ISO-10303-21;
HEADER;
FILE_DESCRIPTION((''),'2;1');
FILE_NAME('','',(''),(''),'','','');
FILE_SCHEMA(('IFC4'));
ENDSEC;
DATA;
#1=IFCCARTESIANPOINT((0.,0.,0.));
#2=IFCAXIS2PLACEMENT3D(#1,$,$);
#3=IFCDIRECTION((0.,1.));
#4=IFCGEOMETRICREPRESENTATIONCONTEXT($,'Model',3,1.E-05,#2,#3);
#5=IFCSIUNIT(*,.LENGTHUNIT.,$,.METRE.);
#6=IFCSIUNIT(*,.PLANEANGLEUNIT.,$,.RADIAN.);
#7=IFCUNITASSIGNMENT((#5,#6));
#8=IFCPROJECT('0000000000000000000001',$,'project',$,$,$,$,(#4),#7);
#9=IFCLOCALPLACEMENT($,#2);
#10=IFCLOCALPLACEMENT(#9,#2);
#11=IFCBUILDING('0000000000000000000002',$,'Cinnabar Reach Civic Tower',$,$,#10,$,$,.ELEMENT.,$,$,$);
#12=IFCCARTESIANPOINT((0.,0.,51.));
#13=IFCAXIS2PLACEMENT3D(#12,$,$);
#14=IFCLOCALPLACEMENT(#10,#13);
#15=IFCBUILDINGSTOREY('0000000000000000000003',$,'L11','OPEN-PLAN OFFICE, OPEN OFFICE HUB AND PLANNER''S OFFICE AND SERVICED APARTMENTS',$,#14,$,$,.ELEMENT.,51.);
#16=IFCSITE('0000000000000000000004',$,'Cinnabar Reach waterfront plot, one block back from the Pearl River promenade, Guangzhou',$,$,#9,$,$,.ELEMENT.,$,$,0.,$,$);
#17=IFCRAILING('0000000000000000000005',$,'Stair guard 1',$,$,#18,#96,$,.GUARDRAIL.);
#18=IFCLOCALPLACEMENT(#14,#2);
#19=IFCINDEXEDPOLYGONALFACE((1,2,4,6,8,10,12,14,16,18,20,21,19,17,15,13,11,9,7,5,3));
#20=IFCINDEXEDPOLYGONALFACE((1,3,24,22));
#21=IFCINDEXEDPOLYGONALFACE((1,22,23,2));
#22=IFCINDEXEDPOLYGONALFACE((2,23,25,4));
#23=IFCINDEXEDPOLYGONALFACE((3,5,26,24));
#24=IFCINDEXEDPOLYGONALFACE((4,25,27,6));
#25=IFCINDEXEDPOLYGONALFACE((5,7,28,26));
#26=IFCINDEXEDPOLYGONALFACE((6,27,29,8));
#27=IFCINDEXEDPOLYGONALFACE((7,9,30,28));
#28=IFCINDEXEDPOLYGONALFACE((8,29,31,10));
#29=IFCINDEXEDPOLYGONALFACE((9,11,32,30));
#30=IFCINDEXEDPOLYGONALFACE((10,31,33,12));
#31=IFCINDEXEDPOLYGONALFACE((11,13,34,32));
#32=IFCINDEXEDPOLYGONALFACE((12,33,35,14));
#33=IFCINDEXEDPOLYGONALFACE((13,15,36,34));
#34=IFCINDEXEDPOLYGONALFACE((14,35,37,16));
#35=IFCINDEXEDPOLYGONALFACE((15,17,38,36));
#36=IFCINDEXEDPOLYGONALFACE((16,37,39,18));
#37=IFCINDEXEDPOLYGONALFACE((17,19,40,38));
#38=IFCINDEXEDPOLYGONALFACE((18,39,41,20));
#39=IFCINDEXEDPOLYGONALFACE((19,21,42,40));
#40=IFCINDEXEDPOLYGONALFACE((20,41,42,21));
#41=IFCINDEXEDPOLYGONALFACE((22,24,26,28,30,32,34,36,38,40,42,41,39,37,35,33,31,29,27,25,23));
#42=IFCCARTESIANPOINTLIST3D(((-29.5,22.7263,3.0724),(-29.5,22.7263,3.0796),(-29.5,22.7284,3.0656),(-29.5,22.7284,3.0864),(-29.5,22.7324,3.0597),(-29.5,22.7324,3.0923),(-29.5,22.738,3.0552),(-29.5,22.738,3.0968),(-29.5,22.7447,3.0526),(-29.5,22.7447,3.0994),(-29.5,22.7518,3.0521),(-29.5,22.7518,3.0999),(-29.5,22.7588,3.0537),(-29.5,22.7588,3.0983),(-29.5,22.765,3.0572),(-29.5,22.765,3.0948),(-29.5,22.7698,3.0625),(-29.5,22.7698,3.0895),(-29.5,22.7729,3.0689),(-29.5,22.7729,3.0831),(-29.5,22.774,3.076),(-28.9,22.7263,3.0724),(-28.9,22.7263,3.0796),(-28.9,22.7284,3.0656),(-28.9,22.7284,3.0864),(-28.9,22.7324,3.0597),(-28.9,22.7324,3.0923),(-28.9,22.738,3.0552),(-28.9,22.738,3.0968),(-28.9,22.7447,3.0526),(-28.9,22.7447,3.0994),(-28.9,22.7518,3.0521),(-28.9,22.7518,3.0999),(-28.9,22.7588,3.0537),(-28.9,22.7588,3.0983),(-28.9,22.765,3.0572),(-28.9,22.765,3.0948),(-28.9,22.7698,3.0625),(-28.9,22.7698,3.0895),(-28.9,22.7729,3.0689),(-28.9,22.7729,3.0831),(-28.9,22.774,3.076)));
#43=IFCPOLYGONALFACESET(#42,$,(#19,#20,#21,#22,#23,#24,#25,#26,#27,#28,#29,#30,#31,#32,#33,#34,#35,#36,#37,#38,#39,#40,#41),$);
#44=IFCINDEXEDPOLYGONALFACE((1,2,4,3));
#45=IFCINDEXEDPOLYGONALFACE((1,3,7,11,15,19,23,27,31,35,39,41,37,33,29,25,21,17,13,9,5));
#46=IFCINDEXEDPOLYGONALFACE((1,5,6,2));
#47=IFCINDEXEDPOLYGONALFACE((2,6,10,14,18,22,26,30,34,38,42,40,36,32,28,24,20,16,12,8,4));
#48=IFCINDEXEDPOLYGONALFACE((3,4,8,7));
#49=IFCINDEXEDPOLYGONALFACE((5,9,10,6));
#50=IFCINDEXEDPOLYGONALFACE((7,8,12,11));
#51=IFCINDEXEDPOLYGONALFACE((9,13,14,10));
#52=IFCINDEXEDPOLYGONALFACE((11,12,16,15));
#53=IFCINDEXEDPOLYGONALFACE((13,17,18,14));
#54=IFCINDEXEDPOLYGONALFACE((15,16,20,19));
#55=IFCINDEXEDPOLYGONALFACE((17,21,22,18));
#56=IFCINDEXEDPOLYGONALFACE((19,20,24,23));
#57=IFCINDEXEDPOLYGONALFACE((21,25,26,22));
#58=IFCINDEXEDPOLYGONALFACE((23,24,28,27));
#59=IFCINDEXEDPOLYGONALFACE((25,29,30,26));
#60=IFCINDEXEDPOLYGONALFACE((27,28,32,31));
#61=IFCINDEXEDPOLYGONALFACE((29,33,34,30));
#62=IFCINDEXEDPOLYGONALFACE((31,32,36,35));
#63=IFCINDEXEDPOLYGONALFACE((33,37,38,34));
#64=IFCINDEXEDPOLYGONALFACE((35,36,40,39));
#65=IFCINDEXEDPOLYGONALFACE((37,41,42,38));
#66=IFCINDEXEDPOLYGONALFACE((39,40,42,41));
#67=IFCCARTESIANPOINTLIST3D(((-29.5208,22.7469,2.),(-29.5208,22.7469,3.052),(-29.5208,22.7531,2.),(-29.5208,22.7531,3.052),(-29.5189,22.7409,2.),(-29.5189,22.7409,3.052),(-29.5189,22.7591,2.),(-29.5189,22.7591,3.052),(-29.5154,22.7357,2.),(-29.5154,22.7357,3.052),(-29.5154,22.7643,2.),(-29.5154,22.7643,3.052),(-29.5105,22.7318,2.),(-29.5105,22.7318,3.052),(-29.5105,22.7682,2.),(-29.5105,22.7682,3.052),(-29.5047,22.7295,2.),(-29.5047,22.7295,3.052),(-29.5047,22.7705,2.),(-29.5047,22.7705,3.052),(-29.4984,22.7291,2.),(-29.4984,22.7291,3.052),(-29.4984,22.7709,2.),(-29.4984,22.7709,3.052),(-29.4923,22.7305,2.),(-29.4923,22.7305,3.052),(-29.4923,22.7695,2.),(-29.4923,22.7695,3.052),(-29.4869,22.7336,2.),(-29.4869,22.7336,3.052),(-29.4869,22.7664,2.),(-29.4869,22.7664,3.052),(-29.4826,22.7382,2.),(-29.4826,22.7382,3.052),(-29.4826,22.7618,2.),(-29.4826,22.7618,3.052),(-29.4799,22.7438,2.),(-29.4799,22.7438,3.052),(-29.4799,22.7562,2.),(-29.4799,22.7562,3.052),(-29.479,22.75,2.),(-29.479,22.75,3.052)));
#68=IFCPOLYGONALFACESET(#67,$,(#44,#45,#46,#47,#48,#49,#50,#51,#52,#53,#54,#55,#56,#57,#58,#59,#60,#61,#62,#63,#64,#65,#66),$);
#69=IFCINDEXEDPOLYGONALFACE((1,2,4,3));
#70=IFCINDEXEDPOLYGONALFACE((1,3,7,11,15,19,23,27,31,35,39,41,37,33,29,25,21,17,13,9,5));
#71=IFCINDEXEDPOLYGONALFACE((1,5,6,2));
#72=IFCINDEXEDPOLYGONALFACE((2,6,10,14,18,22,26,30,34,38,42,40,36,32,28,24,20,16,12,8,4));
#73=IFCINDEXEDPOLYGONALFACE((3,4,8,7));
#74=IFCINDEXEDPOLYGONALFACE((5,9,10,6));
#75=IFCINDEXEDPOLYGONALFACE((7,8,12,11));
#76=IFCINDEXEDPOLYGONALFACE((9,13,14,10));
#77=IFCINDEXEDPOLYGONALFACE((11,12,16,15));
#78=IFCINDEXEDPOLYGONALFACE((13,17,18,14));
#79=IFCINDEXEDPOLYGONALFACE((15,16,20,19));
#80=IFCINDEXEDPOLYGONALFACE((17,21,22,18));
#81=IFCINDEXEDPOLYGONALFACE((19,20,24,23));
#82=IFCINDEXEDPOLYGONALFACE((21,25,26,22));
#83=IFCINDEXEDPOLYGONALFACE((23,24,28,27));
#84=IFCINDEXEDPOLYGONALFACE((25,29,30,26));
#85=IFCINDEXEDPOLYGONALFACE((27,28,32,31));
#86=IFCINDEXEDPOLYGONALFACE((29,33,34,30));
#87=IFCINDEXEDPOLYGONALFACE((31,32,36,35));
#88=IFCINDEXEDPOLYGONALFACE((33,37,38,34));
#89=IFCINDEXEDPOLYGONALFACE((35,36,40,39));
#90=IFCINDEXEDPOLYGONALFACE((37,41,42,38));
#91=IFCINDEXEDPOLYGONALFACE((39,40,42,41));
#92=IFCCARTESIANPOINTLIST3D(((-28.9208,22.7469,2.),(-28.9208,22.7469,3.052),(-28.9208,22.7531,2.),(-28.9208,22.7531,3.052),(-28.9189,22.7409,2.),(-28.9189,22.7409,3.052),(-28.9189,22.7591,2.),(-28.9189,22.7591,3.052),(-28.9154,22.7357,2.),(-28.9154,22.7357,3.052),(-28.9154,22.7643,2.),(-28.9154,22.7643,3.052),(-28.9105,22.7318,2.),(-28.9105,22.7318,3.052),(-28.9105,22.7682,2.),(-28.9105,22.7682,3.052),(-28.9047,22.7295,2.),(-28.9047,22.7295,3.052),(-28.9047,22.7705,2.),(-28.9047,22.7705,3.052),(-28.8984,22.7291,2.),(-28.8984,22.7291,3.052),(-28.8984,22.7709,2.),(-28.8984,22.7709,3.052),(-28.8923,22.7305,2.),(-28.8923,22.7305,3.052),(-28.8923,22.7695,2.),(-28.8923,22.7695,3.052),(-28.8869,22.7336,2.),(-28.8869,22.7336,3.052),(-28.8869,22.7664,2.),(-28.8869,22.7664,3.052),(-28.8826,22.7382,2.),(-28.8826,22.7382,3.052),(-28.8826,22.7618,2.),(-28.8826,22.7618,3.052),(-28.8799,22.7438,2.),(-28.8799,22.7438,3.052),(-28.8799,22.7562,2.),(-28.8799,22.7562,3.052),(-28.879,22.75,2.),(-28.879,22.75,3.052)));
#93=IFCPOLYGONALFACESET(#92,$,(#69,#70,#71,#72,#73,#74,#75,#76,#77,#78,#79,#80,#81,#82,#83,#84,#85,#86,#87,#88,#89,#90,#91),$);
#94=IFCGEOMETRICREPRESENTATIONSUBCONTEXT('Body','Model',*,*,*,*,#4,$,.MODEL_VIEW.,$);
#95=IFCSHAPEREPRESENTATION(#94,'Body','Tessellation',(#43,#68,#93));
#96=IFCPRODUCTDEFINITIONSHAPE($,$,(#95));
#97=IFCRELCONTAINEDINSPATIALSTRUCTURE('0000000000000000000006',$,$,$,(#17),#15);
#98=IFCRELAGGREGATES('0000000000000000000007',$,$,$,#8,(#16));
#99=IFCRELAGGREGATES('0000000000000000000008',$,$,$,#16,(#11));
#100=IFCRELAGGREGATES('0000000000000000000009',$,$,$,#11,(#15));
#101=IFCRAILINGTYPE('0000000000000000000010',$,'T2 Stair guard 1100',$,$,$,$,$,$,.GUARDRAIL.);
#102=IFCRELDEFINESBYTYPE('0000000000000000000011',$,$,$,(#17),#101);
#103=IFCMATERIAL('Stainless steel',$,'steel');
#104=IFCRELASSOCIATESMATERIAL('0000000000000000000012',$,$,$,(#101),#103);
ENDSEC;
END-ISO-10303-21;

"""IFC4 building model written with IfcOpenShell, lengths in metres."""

from ifc_helpers import new_model, si_unit, direction, frame, origin, origin_2d, place, context, subcontext, project, spatial, circle, extrude, material, type_object, element, save


model = new_model("IFC4")

# Units and contexts
model_context = context("Model", 3, precision=1e-05, world=origin(), true_north=direction((0.0, 1.0)))
body_context = subcontext(model_context, "Body", "Model", "MODEL_VIEW")
ifc_project = project(units=[si_unit("LENGTHUNIT", "METRE"), si_unit("PLANEANGLEUNIT", "RADIAN")], contexts=[model_context])

# Site, building, storey
site_placement = place(None, origin())
site = spatial("IfcSite", under=ifc_project, at=site_placement, Name="Cinnabar Reach waterfront plot, one block back from the Pearl River promenade, Guangzhou", CompositionType="ELEMENT", RefElevation=0.0)
building_placement = place(site_placement, origin())
building = spatial("IfcBuilding", under=site, at=building_placement, Name="Cinnabar Reach Civic Tower", CompositionType="ELEMENT")
storey_placement = place(building_placement, frame((0.0, 0.0, 51.0)))
storey = spatial("IfcBuildingStorey", under=building, at=storey_placement, Name="L11", Description="OPEN-PLAN OFFICE, OPEN OFFICE HUB AND PLANNER'S OFFICE AND SERVICED APARTMENTS", CompositionType="ELEMENT", Elevation=51.0)

# Railing
ifc_material_1 = material(Name="Stainless steel", Category="steel")
railing_type_1 = type_object("IfcRailingType", Name="T2 Stair guard 1100", PredefinedType="GUARDRAIL", material=ifc_material_1)
for number, where, name in (
    (1, (-29.5, 22.75, 2.0), "Stair guard 1"),
):
    element("IfcRailing", number, at=place(storey_placement, frame(where)), inside=storey, type_object=railing_type_1, Name=name, PredefinedType="GUARDRAIL", context=body_context, shape_type="SweptSolid", body=[
        extrude(circle(Radius=0.024, at=origin_2d()), frame((0.0, 0.0, 1.076), z_axis=(1.0, 0.0, 0.0), x_axis=(0.0, 1.0, 0.0)), (0.0, 0.0, 1.0), 0.6),
        extrude(circle(Radius=0.021, at=origin_2d()), origin(), (0.0, 0.0, 1.0), 1.052),
        extrude(circle(Radius=0.021, at=origin_2d()), frame((0.6, 0.0, 0.0)), (0.0, 0.0, 1.0), 1.052),
    ])

save(model, "model.ifc")
